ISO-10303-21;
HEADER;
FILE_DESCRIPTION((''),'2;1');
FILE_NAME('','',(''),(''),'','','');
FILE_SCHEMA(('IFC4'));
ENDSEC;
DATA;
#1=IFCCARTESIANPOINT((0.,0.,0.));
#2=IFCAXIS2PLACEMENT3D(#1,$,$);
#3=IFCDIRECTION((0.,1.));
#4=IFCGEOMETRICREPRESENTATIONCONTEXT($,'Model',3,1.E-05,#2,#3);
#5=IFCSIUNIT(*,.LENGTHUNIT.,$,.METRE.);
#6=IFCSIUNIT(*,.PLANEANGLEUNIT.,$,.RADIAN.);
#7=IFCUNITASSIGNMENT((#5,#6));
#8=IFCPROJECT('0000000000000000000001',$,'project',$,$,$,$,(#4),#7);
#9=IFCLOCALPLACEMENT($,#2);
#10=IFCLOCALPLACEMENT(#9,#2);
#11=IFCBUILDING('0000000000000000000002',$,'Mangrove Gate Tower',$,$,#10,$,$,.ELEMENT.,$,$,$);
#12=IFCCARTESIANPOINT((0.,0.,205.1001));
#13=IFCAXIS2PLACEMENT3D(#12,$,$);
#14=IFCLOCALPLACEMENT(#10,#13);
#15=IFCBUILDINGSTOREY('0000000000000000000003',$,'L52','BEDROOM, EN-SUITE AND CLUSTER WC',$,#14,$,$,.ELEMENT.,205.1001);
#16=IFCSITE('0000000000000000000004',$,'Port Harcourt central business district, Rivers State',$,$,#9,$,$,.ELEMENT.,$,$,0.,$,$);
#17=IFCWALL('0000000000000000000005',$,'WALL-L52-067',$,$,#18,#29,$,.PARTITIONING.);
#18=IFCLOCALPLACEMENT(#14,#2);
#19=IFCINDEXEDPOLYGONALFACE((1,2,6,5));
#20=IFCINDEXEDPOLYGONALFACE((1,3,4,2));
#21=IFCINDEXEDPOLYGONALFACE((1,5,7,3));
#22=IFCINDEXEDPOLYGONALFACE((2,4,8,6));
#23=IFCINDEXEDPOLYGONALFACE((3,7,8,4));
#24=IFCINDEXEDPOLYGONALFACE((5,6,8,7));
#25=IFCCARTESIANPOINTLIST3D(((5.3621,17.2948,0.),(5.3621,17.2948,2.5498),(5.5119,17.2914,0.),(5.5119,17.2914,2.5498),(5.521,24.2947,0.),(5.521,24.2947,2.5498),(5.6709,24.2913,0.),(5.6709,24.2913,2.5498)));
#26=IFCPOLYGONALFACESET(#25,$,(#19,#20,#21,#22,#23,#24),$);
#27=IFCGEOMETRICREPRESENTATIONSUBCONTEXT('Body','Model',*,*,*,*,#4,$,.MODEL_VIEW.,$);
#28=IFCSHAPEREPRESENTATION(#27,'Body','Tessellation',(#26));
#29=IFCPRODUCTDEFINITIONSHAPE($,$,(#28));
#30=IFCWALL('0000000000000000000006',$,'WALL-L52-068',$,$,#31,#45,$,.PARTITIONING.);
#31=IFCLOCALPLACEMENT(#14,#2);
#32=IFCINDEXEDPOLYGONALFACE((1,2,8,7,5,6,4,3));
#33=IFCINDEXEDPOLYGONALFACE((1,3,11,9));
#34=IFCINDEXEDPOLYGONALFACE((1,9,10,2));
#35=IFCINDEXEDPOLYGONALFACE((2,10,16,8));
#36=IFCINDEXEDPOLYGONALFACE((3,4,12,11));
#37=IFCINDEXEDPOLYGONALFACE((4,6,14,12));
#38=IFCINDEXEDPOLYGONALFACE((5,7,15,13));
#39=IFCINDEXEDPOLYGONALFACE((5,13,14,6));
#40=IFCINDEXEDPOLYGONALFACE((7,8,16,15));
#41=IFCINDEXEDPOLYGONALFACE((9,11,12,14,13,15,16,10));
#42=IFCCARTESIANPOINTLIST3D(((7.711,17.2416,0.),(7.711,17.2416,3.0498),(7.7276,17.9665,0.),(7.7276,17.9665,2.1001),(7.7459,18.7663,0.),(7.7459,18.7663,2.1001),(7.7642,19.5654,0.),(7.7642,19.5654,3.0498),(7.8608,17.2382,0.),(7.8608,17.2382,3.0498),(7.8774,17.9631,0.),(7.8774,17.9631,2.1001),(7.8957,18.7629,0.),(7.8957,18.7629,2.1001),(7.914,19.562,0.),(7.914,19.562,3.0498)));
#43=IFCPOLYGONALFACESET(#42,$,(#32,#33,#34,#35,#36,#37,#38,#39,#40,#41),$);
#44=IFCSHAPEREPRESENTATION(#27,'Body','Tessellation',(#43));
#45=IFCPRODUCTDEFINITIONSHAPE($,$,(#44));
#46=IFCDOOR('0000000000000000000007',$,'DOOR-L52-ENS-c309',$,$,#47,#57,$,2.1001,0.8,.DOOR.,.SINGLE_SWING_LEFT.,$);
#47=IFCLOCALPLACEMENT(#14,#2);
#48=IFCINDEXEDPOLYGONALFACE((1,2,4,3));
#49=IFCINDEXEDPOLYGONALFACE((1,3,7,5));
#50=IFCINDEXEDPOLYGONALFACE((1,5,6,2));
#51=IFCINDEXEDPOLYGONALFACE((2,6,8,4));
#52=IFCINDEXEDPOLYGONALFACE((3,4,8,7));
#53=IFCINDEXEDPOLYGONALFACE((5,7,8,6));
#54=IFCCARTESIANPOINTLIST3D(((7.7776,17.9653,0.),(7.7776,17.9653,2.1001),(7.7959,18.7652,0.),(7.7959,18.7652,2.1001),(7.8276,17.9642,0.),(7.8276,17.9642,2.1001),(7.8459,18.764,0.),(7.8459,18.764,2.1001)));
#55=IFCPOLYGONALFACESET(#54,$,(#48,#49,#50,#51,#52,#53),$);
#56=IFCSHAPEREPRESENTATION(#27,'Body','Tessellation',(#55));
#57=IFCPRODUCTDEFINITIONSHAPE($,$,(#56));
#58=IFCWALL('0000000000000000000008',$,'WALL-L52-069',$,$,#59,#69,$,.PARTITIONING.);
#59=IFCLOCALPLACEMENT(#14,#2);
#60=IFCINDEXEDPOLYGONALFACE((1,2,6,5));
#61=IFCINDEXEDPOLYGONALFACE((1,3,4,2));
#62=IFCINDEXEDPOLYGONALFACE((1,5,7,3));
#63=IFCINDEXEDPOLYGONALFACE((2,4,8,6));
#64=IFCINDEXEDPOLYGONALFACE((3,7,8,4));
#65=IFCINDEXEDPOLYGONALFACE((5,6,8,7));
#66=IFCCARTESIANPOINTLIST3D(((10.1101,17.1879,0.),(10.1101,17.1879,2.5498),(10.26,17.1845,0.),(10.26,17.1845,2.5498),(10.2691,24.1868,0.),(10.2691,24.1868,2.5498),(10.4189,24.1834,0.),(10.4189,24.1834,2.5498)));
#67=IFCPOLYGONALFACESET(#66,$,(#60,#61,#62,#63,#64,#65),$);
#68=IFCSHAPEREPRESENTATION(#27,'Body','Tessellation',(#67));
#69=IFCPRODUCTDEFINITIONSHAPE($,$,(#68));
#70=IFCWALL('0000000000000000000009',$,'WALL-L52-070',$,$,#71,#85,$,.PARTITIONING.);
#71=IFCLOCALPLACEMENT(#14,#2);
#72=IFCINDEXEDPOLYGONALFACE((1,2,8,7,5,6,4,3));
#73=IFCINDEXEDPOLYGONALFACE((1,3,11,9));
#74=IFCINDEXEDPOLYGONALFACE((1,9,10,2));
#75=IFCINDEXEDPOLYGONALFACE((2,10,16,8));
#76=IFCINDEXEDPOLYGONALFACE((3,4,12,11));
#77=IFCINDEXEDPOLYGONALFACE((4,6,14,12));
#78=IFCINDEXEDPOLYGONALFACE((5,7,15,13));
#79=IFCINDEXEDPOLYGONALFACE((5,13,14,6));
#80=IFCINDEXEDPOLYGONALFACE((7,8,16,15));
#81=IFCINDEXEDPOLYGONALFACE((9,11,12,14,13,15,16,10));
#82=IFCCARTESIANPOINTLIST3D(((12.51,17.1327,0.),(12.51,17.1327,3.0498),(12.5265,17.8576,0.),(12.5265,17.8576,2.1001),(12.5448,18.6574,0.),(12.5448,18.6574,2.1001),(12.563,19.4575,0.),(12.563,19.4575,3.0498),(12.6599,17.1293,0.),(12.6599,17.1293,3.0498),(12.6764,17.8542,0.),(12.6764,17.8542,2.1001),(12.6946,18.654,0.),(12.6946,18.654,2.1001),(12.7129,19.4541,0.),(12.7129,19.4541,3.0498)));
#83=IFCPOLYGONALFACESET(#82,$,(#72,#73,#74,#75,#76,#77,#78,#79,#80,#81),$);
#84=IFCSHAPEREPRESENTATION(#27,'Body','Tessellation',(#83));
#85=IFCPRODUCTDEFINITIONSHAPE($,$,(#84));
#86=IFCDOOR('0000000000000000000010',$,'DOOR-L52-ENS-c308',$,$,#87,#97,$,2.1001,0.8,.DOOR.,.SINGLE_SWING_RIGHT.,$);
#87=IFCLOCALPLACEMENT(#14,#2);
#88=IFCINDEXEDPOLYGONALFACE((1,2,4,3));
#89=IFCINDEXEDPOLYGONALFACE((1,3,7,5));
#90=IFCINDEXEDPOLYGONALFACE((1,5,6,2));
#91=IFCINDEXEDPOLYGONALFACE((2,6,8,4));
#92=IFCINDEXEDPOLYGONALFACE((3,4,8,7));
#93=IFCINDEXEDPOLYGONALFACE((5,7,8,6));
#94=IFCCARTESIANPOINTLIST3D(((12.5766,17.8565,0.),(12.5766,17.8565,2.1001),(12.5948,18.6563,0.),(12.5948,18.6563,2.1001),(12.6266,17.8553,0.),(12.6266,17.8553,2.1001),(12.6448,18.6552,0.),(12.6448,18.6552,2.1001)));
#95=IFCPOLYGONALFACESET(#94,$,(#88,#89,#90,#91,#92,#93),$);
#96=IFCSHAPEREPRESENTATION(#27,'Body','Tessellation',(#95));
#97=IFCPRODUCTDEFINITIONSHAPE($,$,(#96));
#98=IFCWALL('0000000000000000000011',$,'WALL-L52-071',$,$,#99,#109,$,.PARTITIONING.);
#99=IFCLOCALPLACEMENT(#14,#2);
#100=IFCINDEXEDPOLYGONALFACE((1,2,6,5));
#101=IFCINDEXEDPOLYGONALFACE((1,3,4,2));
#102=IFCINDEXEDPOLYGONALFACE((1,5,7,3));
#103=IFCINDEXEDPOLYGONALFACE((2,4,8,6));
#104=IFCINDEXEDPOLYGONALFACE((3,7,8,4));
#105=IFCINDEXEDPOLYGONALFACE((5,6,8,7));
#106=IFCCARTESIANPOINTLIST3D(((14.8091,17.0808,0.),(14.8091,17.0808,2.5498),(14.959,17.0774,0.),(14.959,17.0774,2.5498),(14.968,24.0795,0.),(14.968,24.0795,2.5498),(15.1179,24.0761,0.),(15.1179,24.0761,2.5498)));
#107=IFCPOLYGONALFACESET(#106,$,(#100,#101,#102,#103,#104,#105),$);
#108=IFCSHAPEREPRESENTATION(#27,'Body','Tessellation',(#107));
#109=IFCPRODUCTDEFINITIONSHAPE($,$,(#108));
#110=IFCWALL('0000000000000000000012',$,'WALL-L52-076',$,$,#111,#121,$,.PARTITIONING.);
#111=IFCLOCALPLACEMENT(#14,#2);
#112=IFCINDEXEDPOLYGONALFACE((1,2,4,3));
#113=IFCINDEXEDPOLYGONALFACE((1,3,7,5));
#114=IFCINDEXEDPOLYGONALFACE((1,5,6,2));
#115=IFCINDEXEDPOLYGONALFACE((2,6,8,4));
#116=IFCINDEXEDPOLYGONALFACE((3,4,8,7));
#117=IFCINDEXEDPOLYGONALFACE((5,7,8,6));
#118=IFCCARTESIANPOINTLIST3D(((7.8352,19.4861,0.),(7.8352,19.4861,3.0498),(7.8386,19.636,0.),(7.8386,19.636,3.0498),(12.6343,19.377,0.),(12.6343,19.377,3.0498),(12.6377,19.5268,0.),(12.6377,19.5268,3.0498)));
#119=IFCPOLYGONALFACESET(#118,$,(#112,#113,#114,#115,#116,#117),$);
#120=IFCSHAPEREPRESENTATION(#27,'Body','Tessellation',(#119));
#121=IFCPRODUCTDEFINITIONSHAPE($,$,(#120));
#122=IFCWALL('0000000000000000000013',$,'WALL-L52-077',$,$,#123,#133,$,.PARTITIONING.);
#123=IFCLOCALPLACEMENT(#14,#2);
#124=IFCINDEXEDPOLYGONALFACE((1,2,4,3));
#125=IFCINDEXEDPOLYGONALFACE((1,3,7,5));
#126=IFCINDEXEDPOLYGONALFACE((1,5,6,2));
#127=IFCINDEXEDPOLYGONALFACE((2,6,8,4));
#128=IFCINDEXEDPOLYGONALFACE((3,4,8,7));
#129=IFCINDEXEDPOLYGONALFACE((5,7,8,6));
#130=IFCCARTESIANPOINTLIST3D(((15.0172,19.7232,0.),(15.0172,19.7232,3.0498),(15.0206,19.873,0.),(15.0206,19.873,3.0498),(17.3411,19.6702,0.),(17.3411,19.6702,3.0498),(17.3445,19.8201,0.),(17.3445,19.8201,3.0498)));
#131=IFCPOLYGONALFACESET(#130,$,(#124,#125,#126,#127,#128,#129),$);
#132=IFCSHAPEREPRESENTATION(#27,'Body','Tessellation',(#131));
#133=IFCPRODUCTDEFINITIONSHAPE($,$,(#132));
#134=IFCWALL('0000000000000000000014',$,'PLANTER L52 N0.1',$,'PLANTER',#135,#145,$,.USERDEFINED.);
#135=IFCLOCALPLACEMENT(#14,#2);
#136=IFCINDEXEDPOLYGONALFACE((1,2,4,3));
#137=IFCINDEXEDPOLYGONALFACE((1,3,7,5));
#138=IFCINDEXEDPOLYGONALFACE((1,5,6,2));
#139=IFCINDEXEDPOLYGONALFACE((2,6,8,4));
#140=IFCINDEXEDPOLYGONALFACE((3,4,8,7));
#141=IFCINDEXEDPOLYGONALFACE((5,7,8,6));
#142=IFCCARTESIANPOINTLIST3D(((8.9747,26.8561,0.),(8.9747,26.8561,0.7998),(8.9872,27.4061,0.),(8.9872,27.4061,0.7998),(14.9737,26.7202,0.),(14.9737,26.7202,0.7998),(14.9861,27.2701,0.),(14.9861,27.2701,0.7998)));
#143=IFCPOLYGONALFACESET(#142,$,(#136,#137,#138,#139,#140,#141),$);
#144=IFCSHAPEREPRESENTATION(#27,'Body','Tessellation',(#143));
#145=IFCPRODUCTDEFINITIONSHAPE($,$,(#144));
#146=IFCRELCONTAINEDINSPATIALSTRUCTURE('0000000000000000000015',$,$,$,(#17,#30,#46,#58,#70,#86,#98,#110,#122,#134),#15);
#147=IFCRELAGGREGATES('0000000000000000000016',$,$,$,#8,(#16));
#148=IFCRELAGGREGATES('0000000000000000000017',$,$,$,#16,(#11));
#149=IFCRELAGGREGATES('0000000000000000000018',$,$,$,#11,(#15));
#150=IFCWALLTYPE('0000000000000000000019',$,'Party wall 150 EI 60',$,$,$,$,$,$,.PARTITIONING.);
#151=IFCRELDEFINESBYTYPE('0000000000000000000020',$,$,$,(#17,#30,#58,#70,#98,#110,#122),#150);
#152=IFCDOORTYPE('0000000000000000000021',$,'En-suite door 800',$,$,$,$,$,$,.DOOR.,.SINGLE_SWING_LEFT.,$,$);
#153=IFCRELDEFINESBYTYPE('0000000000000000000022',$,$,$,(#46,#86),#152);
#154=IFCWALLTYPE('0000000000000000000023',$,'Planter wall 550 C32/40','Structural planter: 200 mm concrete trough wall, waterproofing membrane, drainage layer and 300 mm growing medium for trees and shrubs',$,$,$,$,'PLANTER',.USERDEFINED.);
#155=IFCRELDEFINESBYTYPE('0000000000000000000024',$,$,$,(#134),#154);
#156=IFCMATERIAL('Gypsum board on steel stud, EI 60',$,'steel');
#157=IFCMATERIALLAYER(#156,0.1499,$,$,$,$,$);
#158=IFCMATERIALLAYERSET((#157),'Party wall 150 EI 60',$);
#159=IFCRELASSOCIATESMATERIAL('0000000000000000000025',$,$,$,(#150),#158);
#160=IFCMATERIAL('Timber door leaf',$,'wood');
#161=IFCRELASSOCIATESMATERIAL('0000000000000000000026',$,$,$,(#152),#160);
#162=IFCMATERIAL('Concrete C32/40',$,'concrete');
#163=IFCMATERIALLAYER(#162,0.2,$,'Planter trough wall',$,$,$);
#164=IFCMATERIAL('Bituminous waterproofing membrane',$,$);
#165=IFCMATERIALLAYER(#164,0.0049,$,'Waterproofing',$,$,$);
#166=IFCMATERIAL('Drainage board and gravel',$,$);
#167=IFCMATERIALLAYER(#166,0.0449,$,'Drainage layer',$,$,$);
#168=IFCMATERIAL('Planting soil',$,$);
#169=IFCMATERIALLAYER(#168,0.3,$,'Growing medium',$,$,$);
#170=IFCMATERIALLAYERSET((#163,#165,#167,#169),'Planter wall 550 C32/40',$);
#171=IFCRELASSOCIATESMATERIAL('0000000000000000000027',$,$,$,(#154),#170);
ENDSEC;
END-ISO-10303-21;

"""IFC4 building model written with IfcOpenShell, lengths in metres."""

from ifc_helpers import new_model, si_unit, direction, frame, frame_2d, origin, place, context, subcontext, project, spatial, rectangle, extrude, material, layer, layer_set, type_object, element, fill, save


model = new_model("IFC4")

# Units and contexts
model_context = context("Model", 3, precision=1e-05, world=origin(), true_north=direction((0.0, 1.0)))
body_context = subcontext(model_context, "Body", "Model", "MODEL_VIEW")
ifc_project = project(units=[si_unit("LENGTHUNIT", "METRE"), si_unit("PLANEANGLEUNIT", "RADIAN")], contexts=[model_context])

# Site, building, storey
site_placement = place(None, origin())
site = spatial("IfcSite", under=ifc_project, at=site_placement, Name="Port Harcourt central business district, Rivers State", CompositionType="ELEMENT", RefElevation=0.0)
building_placement = place(site_placement, origin())
building = spatial("IfcBuilding", under=site, at=building_placement, Name="Mangrove Gate Tower", CompositionType="ELEMENT")
storey_placement = place(building_placement, frame((0.0, 0.0, 205.1001)))
storey = spatial("IfcBuildingStorey", under=building, at=storey_placement, Name="L52", Description="BEDROOM, EN-SUITE AND CLUSTER WC", CompositionType="ELEMENT", Elevation=205.1001)

# Shared definitions
ifc_material_1 = material(Name="Gypsum board on steel stud, EI 60", Category="steel")
ifc_layer_1 = layer(ifc_material_1, 0.1499)
ifc_layer_set_1 = layer_set([ifc_layer_1], Name="Party wall 150 EI 60")
wall_type_1 = type_object("IfcWallType", Name="Party wall 150 EI 60", PredefinedType="PARTITIONING", material=ifc_layer_set_1)

# Shared definitions
ifc_material_2 = material(Name="Timber door leaf", Category="wood")
door_type_1 = type_object("IfcDoorType", Name="En-suite door 800", OperationType="SINGLE_SWING_LEFT", PredefinedType="DOOR", material=ifc_material_2)

# Wall
wall_1_placement = place(storey_placement, frame((5.437, 17.293, 0.0), z_axis=(0.0, 0.0, 1.0), x_axis=(0.022699, 0.999742, 0.0)))
element("IfcWall", 1, at=wall_1_placement, inside=storey, type_object=wall_type_1, Name="WALL-L52-067", PredefinedType="PARTITIONING", context=body_context, shape_type="SweptSolid", body=[
    extrude(rectangle(XDim=7.0017, YDim=0.1499, at=frame_2d((3.501, 0.0))), origin(), (0.0, 0.0, 1.0), 2.5498),
])

# Wall, opening, door
wall_2_placement = place(storey_placement, frame((7.7859, 17.24, 0.0), z_axis=(0.0, 0.0, 1.0), x_axis=(0.022896, 0.999738, 0.0)))
wall_2 = element("IfcWall", 2, at=wall_2_placement, inside=storey, type_object=wall_type_1, Name="WALL-L52-068", PredefinedType="PARTITIONING", context=body_context, shape_type="SweptSolid", body=[
    extrude(rectangle(XDim=2.3245, YDim=0.1499, at=frame_2d((1.1621, 0.0))), origin(), (0.0, 0.0, 1.0), 3.0498),
])
opening_1_placement = place(wall_2_placement, frame((0.7251, 0.0, 0.0)))
opening_1 = element("IfcOpeningElement", 3, at=opening_1_placement, cuts=wall_2, PredefinedType="OPENING", context=body_context, shape_type="SweptSolid", body=[
    extrude(rectangle(XDim=0.8, YDim=2.1001, at=frame_2d((0.3999, 1.05))), frame((0.0, 0.085, 0.0), z_axis=(0.0, -1.0, 0.0), x_axis=(1.0, 0.0, 0.0)), (0.0, 0.0, 1.0), 0.1699),
])
door_1_placement = place(opening_1_placement, origin())
door_1 = element("IfcDoor", 4, at=door_1_placement, inside=storey, type_object=door_type_1, Name="DOOR-L52-ENS-c309", OperationType="SINGLE_SWING_LEFT", OverallHeight=2.1001, OverallWidth=0.8, PredefinedType="DOOR", context=body_context, shape_type="SweptSolid", body=[
    extrude(rectangle(XDim=0.8, YDim=2.1001, at=frame_2d((0.3999, 1.05))), frame((0.0, 0.0249, 0.0), z_axis=(0.0, -1.0, 0.0), x_axis=(1.0, 0.0, 0.0)), (0.0, 0.0, 1.0), 0.05),
])
fill(opening_1, door_1)

# Wall
wall_3_placement = place(storey_placement, frame((10.1851, 17.186, 0.0), z_axis=(0.0, 0.0, 1.0), x_axis=(0.022702, 0.999742, 0.0)))
element("IfcWall", 5, at=wall_3_placement, inside=storey, type_object=wall_type_1, Name="WALL-L52-069", PredefinedType="PARTITIONING", context=body_context, shape_type="SweptSolid", body=[
    extrude(rectangle(XDim=7.0007, YDim=0.1499, at=frame_2d((3.5005, 0.0))), origin(), (0.0, 0.0, 1.0), 2.5498),
])

# Wall, opening, door
wall_4_placement = place(storey_placement, frame((12.585, 17.1311, 0.0), z_axis=(0.0, 0.0, 1.0), x_axis=(0.022781, 0.99974, 0.0)))
wall_4 = element("IfcWall", 6, at=wall_4_placement, inside=storey, type_object=wall_type_1, Name="WALL-L52-070", PredefinedType="PARTITIONING", context=body_context, shape_type="SweptSolid", body=[
    extrude(rectangle(XDim=2.3254, YDim=0.1499, at=frame_2d((1.1626, 0.0))), origin(), (0.0, 0.0, 1.0), 3.0498),
])
opening_2_placement = place(wall_4_placement, frame((0.7251, 0.0, 0.0)))
opening_2 = element("IfcOpeningElement", 7, at=opening_2_placement, cuts=wall_4, PredefinedType="OPENING", context=body_context, shape_type="SweptSolid", body=[
    extrude(rectangle(XDim=0.8, YDim=2.1001, at=frame_2d((0.3999, 1.05))), frame((0.0, 0.085, 0.0), z_axis=(0.0, -1.0, 0.0), x_axis=(1.0, 0.0, 0.0)), (0.0, 0.0, 1.0), 0.1699),
])
door_2_placement = place(opening_2_placement, origin())
door_2 = element("IfcDoor", 8, at=door_2_placement, inside=storey, type_object=door_type_1, Name="DOOR-L52-ENS-c308", OperationType="SINGLE_SWING_RIGHT", OverallHeight=2.1001, OverallWidth=0.8, PredefinedType="DOOR", context=body_context, shape_type="SweptSolid", body=[
    extrude(rectangle(XDim=0.8, YDim=2.1001, at=frame_2d((0.3999, 1.05))), frame((0.0, 0.0249, 0.0), z_axis=(0.0, -1.0, 0.0), x_axis=(1.0, 0.0, 0.0)), (0.0, 0.0, 1.0), 0.05),
])
fill(opening_2, door_2)

# Walls
wall_5_placement = place(storey_placement, frame((14.884, 17.0791, 0.0), z_axis=(0.0, 0.0, 1.0), x_axis=(0.022703, 0.999742, 0.0)))
element("IfcWall", 9, at=wall_5_placement, inside=storey, type_object=wall_type_1, Name="WALL-L52-071", PredefinedType="PARTITIONING", context=body_context, shape_type="SweptSolid", body=[
    extrude(rectangle(XDim=7.0005, YDim=0.1499, at=frame_2d((3.5002, 0.0))), origin(), (0.0, 0.0, 1.0), 2.5498),
])
wall_6_placement = place(storey_placement, frame((7.8369, 19.561, 0.0), z_axis=(0.0, 0.0, 1.0), x_axis=(0.999742, -0.022734, 0.0)))
element("IfcWall", 10, at=wall_6_placement, inside=storey, type_object=wall_type_1, Name="WALL-L52-076", PredefinedType="PARTITIONING", context=body_context, shape_type="SweptSolid", body=[
    extrude(rectangle(XDim=4.8003, YDim=0.1499, at=frame_2d((2.4001, 0.0))), origin(), (0.0, 0.0, 1.0), 3.0498),
])
wall_7_placement = place(storey_placement, frame((15.019, 19.7981, 0.0), z_axis=(0.0, 0.0, 1.0), x_axis=(0.99974, -0.022791, 0.0)))
element("IfcWall", 11, at=wall_7_placement, inside=storey, type_object=wall_type_1, Name="WALL-L52-077", PredefinedType="PARTITIONING", context=body_context, shape_type="SweptSolid", body=[
    extrude(rectangle(XDim=2.3245, YDim=0.1499, at=frame_2d((1.1621, 0.0))), origin(), (0.0, 0.0, 1.0), 3.0498),
])
ifc_material_3 = material(Name="Concrete C32/40", Category="concrete")
ifc_layer_2 = layer(ifc_material_3, 0.2, Name="Planter trough wall")
ifc_material_4 = material(Name="Bituminous waterproofing membrane")
ifc_layer_3 = layer(ifc_material_4, 0.0049, Name="Waterproofing")
ifc_material_5 = material(Name="Drainage board and gravel")
ifc_layer_4 = layer(ifc_material_5, 0.0449, Name="Drainage layer")
ifc_material_6 = material(Name="Planting soil")
ifc_layer_5 = layer(ifc_material_6, 0.3, Name="Growing medium")
ifc_layer_set_2 = layer_set([ifc_layer_2, ifc_layer_3, ifc_layer_4, ifc_layer_5], Name="Planter wall 550 C32/40")
wall_type_2 = type_object("IfcWallType", Name="Planter wall 550 C32/40", Description="Structural planter: 200 mm concrete trough wall, waterproofing membrane, drainage layer and 300 mm growing medium for trees and shrubs", ElementType="PLANTER", PredefinedType="USERDEFINED", material=ifc_layer_set_2)
wall_8_placement = place(storey_placement, frame((8.981, 27.1311, 0.0), z_axis=(0.0, 0.0, 1.0), x_axis=(0.999743, -0.022662, 0.0)))
element("IfcWall", 12, at=wall_8_placement, inside=storey, type_object=wall_type_2, Name="PLANTER L52 N0.1", ObjectType="PLANTER", PredefinedType="USERDEFINED", context=body_context, shape_type="SweptSolid", body=[
    extrude(rectangle(XDim=6.0005, YDim=0.55, at=frame_2d((3.0002, 0.0))), origin(), (0.0, 0.0, 1.0), 0.7998),
])

save(model, "model.ifc")
